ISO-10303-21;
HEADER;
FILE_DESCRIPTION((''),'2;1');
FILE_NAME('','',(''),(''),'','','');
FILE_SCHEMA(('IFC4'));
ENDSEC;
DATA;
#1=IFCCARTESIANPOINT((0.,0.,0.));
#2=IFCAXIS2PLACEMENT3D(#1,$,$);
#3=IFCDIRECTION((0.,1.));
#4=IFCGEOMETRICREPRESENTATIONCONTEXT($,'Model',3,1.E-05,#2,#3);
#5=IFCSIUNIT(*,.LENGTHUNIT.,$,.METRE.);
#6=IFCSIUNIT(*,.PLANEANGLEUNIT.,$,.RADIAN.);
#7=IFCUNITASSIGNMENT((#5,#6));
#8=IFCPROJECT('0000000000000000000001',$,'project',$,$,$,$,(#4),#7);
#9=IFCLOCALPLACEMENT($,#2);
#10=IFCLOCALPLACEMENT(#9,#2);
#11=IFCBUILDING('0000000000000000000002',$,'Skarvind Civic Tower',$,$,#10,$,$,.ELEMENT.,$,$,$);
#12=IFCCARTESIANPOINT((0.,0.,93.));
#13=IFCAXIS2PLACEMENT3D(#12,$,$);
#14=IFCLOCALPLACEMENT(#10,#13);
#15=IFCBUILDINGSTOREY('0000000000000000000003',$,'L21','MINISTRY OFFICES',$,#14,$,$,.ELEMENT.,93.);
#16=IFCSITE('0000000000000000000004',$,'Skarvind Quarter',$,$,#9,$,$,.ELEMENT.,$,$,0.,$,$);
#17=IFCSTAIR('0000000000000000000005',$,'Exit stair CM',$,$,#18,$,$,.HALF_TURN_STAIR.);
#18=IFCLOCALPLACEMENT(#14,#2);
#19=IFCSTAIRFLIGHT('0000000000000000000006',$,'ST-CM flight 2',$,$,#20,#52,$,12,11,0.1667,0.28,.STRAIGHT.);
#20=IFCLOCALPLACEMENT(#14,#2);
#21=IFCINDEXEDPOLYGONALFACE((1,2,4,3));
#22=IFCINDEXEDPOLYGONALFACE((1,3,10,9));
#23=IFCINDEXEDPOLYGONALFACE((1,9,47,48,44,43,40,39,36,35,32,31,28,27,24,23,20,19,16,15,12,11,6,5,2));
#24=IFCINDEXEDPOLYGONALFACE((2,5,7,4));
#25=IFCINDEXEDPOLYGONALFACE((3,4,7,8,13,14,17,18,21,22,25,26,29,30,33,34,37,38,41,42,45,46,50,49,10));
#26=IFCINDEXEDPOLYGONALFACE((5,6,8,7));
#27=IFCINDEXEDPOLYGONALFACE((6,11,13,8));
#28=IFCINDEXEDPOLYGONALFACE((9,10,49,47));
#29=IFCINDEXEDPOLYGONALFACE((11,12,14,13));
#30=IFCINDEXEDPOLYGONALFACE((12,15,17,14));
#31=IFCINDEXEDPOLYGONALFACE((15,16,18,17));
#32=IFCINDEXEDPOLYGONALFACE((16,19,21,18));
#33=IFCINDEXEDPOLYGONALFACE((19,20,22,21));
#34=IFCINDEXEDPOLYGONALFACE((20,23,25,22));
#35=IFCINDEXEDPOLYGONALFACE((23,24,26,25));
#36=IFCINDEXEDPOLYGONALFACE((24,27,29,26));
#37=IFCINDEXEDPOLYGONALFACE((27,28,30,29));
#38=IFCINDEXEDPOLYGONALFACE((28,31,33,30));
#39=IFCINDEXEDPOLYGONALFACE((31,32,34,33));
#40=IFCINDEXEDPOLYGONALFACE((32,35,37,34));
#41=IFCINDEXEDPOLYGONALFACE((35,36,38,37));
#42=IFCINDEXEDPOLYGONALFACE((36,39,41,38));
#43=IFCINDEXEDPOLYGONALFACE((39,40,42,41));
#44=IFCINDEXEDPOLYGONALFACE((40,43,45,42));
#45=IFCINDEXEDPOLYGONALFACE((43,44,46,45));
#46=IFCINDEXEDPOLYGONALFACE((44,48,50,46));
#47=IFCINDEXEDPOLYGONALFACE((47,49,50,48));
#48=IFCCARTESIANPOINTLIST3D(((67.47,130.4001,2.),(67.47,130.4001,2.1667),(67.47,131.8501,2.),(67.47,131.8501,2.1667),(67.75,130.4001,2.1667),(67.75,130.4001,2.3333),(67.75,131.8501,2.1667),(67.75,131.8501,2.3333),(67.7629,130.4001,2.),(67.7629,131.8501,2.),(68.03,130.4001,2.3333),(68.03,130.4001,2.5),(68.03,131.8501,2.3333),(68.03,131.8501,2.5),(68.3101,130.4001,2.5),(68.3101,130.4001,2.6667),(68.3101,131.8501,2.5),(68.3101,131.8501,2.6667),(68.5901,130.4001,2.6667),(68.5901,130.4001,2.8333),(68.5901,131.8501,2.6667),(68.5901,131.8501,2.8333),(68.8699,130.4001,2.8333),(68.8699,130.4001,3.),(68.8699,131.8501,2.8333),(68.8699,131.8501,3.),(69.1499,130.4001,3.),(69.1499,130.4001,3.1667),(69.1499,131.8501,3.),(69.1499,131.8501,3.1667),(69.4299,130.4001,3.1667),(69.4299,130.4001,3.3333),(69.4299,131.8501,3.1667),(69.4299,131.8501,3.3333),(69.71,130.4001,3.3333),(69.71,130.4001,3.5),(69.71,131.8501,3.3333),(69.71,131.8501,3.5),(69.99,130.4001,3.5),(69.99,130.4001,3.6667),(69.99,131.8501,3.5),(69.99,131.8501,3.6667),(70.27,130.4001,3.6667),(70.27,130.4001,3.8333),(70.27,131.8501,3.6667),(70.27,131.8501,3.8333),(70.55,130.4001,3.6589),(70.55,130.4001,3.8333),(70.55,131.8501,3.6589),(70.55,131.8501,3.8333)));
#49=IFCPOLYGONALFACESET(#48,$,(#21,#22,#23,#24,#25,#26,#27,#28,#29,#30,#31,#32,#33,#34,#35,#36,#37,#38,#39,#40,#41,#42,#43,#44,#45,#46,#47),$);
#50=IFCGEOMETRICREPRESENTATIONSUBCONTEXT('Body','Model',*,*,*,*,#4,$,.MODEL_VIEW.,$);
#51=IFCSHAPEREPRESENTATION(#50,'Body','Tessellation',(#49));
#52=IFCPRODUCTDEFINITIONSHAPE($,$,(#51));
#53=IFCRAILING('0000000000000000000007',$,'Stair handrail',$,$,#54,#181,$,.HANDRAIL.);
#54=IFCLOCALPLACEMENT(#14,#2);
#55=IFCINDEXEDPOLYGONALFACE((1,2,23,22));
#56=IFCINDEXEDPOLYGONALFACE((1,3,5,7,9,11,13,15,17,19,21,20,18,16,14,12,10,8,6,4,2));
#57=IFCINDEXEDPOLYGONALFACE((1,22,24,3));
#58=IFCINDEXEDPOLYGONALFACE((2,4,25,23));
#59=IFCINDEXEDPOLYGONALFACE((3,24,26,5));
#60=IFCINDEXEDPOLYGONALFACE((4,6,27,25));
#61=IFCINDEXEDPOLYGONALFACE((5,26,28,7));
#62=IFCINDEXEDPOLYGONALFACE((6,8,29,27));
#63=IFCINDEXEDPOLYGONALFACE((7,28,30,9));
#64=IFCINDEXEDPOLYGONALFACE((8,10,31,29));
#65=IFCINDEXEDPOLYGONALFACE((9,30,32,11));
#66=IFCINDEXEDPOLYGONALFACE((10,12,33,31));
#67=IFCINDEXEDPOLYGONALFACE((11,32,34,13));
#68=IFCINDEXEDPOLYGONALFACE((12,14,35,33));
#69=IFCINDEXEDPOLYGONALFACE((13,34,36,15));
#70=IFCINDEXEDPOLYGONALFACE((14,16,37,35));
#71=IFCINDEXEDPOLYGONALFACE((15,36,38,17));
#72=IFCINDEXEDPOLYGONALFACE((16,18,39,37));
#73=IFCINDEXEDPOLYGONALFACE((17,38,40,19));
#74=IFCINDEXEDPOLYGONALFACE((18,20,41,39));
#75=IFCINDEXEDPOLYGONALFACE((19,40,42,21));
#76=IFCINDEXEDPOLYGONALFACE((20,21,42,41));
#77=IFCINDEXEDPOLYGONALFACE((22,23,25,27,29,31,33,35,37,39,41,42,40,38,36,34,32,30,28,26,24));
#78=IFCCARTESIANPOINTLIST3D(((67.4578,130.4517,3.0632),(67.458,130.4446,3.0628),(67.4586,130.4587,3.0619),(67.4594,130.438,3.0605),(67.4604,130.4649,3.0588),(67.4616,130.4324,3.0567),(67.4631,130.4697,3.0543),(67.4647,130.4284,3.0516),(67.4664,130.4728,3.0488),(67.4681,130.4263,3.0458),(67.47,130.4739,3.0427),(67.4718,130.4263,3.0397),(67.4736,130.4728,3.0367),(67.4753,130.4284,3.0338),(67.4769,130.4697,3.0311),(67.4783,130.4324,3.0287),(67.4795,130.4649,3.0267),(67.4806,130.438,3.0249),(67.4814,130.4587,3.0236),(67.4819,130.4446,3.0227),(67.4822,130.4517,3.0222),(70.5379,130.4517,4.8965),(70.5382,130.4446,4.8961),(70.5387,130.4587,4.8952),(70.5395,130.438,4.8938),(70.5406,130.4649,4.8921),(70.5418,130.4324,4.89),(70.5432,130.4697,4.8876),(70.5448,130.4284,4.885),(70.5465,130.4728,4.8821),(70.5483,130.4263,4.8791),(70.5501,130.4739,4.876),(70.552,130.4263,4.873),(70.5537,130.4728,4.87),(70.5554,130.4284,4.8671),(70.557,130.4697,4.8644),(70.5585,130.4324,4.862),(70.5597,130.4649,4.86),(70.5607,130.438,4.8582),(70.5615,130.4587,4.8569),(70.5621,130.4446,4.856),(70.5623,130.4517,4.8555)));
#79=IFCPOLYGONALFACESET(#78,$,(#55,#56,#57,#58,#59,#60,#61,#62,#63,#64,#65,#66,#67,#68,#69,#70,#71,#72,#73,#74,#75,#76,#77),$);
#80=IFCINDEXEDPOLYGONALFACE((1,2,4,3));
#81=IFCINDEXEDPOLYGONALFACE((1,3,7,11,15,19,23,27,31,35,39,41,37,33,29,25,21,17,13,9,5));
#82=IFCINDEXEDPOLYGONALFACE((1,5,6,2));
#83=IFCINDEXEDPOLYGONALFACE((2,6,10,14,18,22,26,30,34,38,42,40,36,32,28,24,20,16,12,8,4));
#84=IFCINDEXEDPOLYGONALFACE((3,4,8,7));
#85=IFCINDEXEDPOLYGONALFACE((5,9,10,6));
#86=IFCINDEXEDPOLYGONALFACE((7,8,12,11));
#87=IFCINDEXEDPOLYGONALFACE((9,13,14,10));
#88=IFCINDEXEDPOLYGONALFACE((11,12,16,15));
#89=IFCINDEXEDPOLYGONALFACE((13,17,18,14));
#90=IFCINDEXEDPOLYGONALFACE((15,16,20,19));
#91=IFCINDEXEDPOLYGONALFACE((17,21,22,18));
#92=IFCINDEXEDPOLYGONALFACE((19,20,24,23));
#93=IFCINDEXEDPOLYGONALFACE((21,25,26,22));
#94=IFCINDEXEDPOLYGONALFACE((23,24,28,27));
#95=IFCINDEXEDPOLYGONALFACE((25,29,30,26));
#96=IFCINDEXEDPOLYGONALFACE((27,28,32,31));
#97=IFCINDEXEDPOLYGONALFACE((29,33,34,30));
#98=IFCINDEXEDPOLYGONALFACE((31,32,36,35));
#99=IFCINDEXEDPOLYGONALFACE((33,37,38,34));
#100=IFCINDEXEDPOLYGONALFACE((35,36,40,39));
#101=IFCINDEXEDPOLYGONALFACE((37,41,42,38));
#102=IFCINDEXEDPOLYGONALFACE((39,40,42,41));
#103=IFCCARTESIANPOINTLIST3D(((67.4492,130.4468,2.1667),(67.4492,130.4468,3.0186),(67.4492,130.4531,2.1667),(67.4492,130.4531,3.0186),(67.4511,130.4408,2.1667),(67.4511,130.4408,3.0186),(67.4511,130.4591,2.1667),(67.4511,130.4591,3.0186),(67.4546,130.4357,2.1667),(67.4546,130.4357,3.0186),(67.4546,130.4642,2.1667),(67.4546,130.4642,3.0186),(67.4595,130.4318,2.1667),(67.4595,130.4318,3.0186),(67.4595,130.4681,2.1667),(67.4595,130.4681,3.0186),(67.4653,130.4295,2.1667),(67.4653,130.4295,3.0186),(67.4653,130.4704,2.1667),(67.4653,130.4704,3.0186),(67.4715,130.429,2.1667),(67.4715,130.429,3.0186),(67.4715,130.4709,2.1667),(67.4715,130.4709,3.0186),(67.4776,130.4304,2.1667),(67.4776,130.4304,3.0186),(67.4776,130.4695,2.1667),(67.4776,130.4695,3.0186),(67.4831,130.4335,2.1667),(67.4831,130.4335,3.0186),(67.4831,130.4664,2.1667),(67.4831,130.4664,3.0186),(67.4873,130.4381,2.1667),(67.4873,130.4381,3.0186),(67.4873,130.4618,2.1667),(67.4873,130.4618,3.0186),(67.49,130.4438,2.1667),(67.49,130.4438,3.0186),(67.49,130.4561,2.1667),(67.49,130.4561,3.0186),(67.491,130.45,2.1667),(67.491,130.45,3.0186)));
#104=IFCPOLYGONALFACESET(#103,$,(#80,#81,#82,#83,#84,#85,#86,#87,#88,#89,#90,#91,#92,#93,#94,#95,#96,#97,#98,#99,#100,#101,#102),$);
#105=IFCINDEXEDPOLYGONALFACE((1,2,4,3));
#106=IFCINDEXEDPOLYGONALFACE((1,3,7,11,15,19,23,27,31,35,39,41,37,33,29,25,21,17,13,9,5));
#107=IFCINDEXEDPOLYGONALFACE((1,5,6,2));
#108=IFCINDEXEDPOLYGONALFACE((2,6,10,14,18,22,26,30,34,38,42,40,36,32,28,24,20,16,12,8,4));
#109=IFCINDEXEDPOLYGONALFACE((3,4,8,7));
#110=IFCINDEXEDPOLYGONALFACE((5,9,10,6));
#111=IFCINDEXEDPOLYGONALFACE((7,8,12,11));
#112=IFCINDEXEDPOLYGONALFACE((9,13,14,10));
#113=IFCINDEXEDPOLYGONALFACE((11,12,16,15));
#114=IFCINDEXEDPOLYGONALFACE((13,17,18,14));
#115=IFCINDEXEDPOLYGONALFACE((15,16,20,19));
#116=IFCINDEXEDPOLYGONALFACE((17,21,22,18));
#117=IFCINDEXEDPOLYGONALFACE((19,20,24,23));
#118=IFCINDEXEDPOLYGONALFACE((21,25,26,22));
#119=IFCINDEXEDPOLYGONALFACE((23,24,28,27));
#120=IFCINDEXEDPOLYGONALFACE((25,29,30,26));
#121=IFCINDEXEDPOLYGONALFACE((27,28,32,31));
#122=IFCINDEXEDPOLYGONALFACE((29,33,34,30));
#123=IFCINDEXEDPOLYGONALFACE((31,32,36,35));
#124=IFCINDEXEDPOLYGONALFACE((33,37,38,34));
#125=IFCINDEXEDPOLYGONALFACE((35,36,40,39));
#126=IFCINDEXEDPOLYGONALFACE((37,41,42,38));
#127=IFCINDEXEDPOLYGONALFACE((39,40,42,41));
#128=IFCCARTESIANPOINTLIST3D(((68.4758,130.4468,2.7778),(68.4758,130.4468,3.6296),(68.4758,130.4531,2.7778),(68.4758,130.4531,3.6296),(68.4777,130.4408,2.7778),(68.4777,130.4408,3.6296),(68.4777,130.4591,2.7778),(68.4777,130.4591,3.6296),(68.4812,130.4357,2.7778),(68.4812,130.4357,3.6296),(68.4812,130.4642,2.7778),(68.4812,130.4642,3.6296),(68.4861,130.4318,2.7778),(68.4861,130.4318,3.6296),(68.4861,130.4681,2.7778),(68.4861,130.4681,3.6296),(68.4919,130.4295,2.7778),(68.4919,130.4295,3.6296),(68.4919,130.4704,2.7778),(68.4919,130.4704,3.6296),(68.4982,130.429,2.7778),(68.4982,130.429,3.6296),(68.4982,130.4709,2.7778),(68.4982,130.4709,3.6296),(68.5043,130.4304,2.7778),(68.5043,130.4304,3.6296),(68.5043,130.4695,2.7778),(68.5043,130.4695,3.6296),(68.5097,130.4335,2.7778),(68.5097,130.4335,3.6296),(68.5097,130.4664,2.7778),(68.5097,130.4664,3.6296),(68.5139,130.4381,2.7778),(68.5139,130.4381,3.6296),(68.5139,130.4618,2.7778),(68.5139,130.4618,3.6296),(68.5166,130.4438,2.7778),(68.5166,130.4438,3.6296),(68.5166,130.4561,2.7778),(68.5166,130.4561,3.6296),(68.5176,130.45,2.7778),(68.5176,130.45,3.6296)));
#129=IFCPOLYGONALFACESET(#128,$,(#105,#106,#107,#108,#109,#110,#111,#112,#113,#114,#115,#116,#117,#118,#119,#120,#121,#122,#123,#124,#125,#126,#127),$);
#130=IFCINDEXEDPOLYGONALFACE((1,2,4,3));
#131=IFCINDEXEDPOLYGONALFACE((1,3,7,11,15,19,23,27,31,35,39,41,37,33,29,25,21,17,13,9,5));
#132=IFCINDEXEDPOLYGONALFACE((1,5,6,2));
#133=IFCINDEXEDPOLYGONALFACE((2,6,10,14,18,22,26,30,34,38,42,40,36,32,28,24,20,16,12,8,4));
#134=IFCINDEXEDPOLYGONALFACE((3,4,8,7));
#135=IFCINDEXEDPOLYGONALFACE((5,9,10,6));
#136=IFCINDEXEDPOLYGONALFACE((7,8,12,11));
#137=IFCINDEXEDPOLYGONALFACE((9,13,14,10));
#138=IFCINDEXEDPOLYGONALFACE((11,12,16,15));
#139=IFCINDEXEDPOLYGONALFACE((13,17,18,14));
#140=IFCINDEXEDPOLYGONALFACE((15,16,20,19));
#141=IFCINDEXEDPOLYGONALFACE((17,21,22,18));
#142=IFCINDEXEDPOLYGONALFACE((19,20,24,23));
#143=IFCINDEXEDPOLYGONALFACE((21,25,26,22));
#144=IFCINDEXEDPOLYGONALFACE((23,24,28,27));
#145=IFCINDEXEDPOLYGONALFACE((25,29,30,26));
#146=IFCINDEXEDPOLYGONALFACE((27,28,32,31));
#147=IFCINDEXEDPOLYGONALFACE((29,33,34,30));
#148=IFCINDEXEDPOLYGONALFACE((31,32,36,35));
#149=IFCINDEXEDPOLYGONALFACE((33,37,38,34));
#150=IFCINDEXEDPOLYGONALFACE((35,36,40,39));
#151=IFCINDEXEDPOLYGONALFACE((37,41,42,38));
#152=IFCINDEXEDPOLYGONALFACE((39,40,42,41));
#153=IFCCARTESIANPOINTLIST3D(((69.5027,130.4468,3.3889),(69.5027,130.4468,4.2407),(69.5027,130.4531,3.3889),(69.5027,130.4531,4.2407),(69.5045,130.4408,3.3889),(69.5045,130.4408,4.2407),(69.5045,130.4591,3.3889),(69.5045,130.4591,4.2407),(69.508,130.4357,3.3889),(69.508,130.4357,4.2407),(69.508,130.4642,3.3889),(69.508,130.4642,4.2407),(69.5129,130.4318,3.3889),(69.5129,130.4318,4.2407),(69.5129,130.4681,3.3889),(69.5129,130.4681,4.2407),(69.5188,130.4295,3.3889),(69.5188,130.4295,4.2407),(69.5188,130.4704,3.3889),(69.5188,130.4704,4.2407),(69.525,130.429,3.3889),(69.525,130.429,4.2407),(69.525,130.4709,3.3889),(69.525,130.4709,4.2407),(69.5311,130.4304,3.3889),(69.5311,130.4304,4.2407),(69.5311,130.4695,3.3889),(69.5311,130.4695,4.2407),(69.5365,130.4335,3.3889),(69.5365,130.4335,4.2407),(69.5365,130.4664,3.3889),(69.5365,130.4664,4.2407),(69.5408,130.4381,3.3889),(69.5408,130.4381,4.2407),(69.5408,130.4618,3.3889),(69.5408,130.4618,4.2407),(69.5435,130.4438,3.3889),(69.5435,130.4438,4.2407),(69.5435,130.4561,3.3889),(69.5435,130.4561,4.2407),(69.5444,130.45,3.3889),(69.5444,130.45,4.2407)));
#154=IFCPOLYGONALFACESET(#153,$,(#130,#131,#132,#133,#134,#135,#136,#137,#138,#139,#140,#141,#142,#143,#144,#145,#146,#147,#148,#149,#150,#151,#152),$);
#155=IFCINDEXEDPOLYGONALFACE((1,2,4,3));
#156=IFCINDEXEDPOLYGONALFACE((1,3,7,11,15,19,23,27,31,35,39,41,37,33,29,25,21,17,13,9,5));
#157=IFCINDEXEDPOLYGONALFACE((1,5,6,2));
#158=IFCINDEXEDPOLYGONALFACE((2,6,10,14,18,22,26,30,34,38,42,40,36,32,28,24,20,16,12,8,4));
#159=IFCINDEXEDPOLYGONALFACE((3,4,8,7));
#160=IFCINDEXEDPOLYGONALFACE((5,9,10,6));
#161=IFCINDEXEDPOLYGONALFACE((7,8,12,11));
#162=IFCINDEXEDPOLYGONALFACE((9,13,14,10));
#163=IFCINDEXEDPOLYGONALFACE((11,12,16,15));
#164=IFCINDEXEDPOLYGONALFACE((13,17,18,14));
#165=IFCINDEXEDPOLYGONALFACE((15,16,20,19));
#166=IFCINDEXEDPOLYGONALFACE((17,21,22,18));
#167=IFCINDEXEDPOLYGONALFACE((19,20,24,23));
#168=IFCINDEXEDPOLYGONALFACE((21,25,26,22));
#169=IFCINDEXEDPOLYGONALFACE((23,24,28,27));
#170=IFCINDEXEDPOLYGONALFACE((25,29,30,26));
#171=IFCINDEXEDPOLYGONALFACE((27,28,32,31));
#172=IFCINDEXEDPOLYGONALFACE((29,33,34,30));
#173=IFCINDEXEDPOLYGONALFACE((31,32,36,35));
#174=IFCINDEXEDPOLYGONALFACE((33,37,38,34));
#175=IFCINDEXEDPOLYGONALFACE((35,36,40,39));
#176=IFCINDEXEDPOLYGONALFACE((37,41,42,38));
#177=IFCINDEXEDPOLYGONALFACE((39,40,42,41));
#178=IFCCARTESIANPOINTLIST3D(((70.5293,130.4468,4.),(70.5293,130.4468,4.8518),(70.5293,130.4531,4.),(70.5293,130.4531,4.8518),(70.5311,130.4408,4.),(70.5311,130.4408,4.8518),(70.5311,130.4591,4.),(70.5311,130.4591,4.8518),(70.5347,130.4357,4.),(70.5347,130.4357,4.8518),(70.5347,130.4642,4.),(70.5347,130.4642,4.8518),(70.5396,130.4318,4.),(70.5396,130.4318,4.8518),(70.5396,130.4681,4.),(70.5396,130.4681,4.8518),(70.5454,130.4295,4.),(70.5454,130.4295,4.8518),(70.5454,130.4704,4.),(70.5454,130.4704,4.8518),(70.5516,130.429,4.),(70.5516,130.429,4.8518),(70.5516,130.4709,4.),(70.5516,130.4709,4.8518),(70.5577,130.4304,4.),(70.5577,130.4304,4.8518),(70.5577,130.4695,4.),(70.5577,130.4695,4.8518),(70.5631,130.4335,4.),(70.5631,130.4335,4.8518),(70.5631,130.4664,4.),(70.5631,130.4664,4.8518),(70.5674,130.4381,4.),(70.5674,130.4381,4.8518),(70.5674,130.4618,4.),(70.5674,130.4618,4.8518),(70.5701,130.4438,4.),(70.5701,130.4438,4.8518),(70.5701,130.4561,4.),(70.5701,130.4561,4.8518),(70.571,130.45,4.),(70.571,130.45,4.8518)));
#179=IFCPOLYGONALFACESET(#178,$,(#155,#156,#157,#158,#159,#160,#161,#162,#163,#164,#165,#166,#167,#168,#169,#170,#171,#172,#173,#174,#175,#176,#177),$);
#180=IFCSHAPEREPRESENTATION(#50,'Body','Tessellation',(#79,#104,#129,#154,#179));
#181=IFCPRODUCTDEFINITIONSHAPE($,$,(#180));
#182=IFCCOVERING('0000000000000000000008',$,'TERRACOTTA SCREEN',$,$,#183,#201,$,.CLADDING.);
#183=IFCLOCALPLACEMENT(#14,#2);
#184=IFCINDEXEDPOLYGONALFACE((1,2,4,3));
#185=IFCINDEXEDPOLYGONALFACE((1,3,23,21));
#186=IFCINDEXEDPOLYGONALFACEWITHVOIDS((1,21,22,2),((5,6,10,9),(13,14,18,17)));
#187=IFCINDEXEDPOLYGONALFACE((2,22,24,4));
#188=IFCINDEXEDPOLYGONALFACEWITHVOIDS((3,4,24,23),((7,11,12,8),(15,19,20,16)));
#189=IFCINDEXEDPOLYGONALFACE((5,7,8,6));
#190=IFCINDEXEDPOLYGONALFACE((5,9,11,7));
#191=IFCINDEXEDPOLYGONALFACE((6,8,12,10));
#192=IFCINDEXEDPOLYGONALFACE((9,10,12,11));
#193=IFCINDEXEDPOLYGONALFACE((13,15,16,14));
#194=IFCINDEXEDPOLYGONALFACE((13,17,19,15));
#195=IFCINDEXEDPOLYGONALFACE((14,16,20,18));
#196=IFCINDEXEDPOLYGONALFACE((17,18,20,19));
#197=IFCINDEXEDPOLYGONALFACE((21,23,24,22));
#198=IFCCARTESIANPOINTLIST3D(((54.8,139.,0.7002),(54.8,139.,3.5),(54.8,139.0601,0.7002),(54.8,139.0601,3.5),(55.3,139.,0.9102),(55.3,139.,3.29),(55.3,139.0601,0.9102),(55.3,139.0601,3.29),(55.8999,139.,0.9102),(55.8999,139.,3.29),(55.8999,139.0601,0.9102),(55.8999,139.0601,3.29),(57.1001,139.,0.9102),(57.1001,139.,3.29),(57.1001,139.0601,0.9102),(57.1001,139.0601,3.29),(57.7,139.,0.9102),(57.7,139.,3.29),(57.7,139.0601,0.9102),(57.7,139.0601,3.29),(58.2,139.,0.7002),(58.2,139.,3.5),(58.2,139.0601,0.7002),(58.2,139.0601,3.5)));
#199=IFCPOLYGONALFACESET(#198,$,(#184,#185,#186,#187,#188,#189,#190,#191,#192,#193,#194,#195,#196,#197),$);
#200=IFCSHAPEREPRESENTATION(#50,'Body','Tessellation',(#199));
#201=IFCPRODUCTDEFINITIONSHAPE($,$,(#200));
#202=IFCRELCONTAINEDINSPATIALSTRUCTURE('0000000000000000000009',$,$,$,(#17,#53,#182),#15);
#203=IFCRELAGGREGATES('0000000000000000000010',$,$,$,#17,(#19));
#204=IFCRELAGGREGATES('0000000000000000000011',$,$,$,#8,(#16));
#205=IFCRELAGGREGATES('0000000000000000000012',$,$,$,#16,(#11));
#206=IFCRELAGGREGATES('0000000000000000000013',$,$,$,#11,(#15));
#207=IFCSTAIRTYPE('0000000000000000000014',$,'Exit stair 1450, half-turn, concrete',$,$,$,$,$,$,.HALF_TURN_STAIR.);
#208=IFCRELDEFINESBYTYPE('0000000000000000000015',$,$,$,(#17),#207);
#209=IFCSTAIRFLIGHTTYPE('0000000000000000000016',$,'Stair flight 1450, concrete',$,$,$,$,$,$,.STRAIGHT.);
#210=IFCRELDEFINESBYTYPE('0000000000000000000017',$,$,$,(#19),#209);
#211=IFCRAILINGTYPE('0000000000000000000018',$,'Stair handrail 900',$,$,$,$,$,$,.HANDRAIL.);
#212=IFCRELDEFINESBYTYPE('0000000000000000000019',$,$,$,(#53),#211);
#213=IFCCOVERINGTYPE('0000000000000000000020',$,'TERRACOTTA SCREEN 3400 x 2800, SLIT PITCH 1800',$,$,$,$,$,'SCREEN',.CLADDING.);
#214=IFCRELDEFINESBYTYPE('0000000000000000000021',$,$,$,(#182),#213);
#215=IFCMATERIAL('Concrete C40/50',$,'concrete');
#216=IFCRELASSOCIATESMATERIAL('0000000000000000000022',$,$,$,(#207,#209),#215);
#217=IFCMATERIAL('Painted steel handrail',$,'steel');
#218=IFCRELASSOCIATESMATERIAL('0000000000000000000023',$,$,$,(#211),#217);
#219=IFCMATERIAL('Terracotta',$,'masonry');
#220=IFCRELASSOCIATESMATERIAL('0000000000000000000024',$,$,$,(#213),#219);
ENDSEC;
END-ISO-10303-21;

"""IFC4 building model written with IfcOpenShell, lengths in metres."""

from ifc_helpers import new_model, si_unit, direction, frame, origin, origin_2d, place, context, subcontext, project, spatial, polyline, circle, outline, extrude, material, material_profile, profile_set, type_object, element, aggregate, save


model = new_model("IFC4")

# Units and contexts
model_context = context("Model", 3, precision=1e-05, world=origin(), true_north=direction((0.0, 1.0)))
body_context = subcontext(model_context, "Body", "Model", "MODEL_VIEW")
ifc_project = project(units=[si_unit("LENGTHUNIT", "METRE"), si_unit("PLANEANGLEUNIT", "RADIAN")], contexts=[model_context])

# Site, building, storey
site_placement = place(None, origin())
site = spatial("IfcSite", under=ifc_project, at=site_placement, Name="Skarvind Quarter", CompositionType="ELEMENT", RefElevation=0.0)
building_placement = place(site_placement, origin())
building = spatial("IfcBuilding", under=site, at=building_placement, Name="Skarvind Civic Tower", CompositionType="ELEMENT")
storey_placement = place(building_placement, frame((0.0, 0.0, 93.0)))
storey = spatial("IfcBuildingStorey", under=building, at=storey_placement, Name="L21", Description="MINISTRY OFFICES", CompositionType="ELEMENT", Elevation=93.0)

# Stair, stair flight
ifc_material_1 = material(Name="Concrete C40/50", Category="concrete")
stair_type = type_object("IfcStairType", Name="Exit stair 1450, half-turn, concrete", PredefinedType="HALF_TURN_STAIR", material=ifc_material_1)
stair_placement = place(storey_placement, origin())
stair = element("IfcStair", 1, at=stair_placement, inside=storey, type_object=stair_type, Name="Exit stair CM", PredefinedType="HALF_TURN_STAIR")
stair_flight_type = type_object("IfcStairFlightType", Name="Stair flight 1450, concrete", PredefinedType="STRAIGHT", material=ifc_material_1)
stair_flight_placement = place(storey_placement, frame((67.47, 131.125, 2.0), z_axis=(0.0, 0.0, 1.0), x_axis=(1.0, 0.0, 0.0)))
stair_flight = element("IfcStairFlight", 2, at=stair_flight_placement, type_object=stair_flight_type, Name="ST-CM flight 2", NumberOfRisers=12, NumberOfTreads=11, PredefinedType="STRAIGHT", RiserHeight=0.1667, TreadLength=0.28, context=body_context, shape_type="SweptSolid", body=[
    extrude(outline(polyline([(0.0, 0.0), (0.0, 0.1667), (0.28, 0.1667), (0.28, 0.3333), (0.5601, 0.3333), (0.5601, 0.5), (0.8401, 0.5), (0.8401, 0.6667), (1.1201, 0.6667), (1.1201, 0.8333), (1.3999, 0.8333), (1.3999, 1.0), (1.6799, 1.0), (1.6799, 1.1667), (1.96, 1.1667), (1.96, 1.3333), (2.24, 1.3333), (2.24, 1.5), (2.52, 1.5), (2.52, 1.6667), (2.8, 1.6667), (2.8, 1.8333), (3.0801, 1.8333), (3.0801, 2.0), (3.0801, 1.6589), (0.293, 0.0), (0.0, 0.0)])), frame((0.0, 0.7251, 0.0), z_axis=(0.0, -1.0, 0.0), x_axis=(1.0, 0.0, 0.0)), (0.0, 0.0, 1.0), 1.45),
])
aggregate(stair, [stair_flight])

# Railing
ifc_material_2 = material(Name="Painted steel handrail", Category="steel")
railing_type_1 = type_object("IfcRailingType", Name="Stair handrail 900", PredefinedType="HANDRAIL", material=ifc_material_2)
railing_1_placement = place(storey_placement, frame((67.47, 130.45, 2.1667)))
element("IfcRailing", 3, at=railing_1_placement, inside=storey, type_object=railing_type_1, Name="Stair handrail", PredefinedType="HANDRAIL", context=body_context, shape_type="SweptSolid", body=[
    extrude(circle(Radius=0.0239, at=origin_2d()), frame((0.0, 0.0, 0.876), z_axis=(0.859309, 0.0, 0.511458), x_axis=(0.0, 1.0, 0.0)), (0.0, 0.0, 1.0), 3.5845),
    extrude(circle(Radius=0.021, at=origin_2d()), origin(), (0.0, 0.0, 1.0), 0.8518),
    extrude(circle(Radius=0.021, at=origin_2d()), frame((1.0266, 0.0, 0.6111)), (0.0, 0.0, 1.0), 0.8518),
    extrude(circle(Radius=0.021, at=origin_2d()), frame((2.0535, 0.0, 1.2222)), (0.0, 0.0, 1.0), 0.8518),
    extrude(circle(Radius=0.021, at=origin_2d()), frame((3.0801, 0.0, 1.8333)), (0.0, 0.0, 1.0), 0.8518),
])

# Covering
ifc_material_3 = material(Name="Terracotta", Category="masonry")
ifc_material_profile_1 = material_profile(ifc_material_3, outline(polyline([(-1.7, -1.3999), (1.7, -1.3999), (1.7, 1.3999), (-1.7, 1.3999), (-1.7, -1.3999)]), holes=[polyline([(-1.2, -1.1899), (-0.6001, -1.1899), (-0.6001, 1.1899), (-1.2, 1.1899), (-1.2, -1.1899)]), polyline([(0.6001, -1.1899), (1.2, -1.1899), (1.2, 1.1899), (0.6001, 1.1899), (0.6001, -1.1899)])]), Name="TERRACOTTA SCREEN 3400 x 2800, SLIT PITCH 1800")
ifc_profile_set_1 = profile_set([ifc_material_profile_1], Name="Terracotta")
covering_type = type_object("IfcCoveringType", Name="TERRACOTTA SCREEN 3400 x 2800, SLIT PITCH 1800", ElementType="SCREEN", PredefinedType="CLADDING", material=ifc_profile_set_1)
covering_placement = place(storey_placement, frame((56.5, 139.0, 2.1001), z_axis=(0.0, 1.0, 0.0), x_axis=(-1.0, 0.0, 0.0)))
element("IfcCovering", 4, at=covering_placement, inside=storey, type_object=covering_type, Name="TERRACOTTA SCREEN", PredefinedType="CLADDING", context=body_context, shape_type="SweptSolid", body=[
    extrude(outline(polyline([(-1.7, -1.3999), (1.7, -1.3999), (1.7, 1.3999), (-1.7, 1.3999), (-1.7, -1.3999)]), holes=[polyline([(-1.2, -1.1899), (-0.6001, -1.1899), (-0.6001, 1.1899), (-1.2, 1.1899), (-1.2, -1.1899)]), polyline([(0.6001, -1.1899), (1.2, -1.1899), (1.2, 1.1899), (0.6001, 1.1899), (0.6001, -1.1899)])]), origin(), (0.0, 0.0, 1.0), 0.0601),
])

save(model, "model.ifc")
